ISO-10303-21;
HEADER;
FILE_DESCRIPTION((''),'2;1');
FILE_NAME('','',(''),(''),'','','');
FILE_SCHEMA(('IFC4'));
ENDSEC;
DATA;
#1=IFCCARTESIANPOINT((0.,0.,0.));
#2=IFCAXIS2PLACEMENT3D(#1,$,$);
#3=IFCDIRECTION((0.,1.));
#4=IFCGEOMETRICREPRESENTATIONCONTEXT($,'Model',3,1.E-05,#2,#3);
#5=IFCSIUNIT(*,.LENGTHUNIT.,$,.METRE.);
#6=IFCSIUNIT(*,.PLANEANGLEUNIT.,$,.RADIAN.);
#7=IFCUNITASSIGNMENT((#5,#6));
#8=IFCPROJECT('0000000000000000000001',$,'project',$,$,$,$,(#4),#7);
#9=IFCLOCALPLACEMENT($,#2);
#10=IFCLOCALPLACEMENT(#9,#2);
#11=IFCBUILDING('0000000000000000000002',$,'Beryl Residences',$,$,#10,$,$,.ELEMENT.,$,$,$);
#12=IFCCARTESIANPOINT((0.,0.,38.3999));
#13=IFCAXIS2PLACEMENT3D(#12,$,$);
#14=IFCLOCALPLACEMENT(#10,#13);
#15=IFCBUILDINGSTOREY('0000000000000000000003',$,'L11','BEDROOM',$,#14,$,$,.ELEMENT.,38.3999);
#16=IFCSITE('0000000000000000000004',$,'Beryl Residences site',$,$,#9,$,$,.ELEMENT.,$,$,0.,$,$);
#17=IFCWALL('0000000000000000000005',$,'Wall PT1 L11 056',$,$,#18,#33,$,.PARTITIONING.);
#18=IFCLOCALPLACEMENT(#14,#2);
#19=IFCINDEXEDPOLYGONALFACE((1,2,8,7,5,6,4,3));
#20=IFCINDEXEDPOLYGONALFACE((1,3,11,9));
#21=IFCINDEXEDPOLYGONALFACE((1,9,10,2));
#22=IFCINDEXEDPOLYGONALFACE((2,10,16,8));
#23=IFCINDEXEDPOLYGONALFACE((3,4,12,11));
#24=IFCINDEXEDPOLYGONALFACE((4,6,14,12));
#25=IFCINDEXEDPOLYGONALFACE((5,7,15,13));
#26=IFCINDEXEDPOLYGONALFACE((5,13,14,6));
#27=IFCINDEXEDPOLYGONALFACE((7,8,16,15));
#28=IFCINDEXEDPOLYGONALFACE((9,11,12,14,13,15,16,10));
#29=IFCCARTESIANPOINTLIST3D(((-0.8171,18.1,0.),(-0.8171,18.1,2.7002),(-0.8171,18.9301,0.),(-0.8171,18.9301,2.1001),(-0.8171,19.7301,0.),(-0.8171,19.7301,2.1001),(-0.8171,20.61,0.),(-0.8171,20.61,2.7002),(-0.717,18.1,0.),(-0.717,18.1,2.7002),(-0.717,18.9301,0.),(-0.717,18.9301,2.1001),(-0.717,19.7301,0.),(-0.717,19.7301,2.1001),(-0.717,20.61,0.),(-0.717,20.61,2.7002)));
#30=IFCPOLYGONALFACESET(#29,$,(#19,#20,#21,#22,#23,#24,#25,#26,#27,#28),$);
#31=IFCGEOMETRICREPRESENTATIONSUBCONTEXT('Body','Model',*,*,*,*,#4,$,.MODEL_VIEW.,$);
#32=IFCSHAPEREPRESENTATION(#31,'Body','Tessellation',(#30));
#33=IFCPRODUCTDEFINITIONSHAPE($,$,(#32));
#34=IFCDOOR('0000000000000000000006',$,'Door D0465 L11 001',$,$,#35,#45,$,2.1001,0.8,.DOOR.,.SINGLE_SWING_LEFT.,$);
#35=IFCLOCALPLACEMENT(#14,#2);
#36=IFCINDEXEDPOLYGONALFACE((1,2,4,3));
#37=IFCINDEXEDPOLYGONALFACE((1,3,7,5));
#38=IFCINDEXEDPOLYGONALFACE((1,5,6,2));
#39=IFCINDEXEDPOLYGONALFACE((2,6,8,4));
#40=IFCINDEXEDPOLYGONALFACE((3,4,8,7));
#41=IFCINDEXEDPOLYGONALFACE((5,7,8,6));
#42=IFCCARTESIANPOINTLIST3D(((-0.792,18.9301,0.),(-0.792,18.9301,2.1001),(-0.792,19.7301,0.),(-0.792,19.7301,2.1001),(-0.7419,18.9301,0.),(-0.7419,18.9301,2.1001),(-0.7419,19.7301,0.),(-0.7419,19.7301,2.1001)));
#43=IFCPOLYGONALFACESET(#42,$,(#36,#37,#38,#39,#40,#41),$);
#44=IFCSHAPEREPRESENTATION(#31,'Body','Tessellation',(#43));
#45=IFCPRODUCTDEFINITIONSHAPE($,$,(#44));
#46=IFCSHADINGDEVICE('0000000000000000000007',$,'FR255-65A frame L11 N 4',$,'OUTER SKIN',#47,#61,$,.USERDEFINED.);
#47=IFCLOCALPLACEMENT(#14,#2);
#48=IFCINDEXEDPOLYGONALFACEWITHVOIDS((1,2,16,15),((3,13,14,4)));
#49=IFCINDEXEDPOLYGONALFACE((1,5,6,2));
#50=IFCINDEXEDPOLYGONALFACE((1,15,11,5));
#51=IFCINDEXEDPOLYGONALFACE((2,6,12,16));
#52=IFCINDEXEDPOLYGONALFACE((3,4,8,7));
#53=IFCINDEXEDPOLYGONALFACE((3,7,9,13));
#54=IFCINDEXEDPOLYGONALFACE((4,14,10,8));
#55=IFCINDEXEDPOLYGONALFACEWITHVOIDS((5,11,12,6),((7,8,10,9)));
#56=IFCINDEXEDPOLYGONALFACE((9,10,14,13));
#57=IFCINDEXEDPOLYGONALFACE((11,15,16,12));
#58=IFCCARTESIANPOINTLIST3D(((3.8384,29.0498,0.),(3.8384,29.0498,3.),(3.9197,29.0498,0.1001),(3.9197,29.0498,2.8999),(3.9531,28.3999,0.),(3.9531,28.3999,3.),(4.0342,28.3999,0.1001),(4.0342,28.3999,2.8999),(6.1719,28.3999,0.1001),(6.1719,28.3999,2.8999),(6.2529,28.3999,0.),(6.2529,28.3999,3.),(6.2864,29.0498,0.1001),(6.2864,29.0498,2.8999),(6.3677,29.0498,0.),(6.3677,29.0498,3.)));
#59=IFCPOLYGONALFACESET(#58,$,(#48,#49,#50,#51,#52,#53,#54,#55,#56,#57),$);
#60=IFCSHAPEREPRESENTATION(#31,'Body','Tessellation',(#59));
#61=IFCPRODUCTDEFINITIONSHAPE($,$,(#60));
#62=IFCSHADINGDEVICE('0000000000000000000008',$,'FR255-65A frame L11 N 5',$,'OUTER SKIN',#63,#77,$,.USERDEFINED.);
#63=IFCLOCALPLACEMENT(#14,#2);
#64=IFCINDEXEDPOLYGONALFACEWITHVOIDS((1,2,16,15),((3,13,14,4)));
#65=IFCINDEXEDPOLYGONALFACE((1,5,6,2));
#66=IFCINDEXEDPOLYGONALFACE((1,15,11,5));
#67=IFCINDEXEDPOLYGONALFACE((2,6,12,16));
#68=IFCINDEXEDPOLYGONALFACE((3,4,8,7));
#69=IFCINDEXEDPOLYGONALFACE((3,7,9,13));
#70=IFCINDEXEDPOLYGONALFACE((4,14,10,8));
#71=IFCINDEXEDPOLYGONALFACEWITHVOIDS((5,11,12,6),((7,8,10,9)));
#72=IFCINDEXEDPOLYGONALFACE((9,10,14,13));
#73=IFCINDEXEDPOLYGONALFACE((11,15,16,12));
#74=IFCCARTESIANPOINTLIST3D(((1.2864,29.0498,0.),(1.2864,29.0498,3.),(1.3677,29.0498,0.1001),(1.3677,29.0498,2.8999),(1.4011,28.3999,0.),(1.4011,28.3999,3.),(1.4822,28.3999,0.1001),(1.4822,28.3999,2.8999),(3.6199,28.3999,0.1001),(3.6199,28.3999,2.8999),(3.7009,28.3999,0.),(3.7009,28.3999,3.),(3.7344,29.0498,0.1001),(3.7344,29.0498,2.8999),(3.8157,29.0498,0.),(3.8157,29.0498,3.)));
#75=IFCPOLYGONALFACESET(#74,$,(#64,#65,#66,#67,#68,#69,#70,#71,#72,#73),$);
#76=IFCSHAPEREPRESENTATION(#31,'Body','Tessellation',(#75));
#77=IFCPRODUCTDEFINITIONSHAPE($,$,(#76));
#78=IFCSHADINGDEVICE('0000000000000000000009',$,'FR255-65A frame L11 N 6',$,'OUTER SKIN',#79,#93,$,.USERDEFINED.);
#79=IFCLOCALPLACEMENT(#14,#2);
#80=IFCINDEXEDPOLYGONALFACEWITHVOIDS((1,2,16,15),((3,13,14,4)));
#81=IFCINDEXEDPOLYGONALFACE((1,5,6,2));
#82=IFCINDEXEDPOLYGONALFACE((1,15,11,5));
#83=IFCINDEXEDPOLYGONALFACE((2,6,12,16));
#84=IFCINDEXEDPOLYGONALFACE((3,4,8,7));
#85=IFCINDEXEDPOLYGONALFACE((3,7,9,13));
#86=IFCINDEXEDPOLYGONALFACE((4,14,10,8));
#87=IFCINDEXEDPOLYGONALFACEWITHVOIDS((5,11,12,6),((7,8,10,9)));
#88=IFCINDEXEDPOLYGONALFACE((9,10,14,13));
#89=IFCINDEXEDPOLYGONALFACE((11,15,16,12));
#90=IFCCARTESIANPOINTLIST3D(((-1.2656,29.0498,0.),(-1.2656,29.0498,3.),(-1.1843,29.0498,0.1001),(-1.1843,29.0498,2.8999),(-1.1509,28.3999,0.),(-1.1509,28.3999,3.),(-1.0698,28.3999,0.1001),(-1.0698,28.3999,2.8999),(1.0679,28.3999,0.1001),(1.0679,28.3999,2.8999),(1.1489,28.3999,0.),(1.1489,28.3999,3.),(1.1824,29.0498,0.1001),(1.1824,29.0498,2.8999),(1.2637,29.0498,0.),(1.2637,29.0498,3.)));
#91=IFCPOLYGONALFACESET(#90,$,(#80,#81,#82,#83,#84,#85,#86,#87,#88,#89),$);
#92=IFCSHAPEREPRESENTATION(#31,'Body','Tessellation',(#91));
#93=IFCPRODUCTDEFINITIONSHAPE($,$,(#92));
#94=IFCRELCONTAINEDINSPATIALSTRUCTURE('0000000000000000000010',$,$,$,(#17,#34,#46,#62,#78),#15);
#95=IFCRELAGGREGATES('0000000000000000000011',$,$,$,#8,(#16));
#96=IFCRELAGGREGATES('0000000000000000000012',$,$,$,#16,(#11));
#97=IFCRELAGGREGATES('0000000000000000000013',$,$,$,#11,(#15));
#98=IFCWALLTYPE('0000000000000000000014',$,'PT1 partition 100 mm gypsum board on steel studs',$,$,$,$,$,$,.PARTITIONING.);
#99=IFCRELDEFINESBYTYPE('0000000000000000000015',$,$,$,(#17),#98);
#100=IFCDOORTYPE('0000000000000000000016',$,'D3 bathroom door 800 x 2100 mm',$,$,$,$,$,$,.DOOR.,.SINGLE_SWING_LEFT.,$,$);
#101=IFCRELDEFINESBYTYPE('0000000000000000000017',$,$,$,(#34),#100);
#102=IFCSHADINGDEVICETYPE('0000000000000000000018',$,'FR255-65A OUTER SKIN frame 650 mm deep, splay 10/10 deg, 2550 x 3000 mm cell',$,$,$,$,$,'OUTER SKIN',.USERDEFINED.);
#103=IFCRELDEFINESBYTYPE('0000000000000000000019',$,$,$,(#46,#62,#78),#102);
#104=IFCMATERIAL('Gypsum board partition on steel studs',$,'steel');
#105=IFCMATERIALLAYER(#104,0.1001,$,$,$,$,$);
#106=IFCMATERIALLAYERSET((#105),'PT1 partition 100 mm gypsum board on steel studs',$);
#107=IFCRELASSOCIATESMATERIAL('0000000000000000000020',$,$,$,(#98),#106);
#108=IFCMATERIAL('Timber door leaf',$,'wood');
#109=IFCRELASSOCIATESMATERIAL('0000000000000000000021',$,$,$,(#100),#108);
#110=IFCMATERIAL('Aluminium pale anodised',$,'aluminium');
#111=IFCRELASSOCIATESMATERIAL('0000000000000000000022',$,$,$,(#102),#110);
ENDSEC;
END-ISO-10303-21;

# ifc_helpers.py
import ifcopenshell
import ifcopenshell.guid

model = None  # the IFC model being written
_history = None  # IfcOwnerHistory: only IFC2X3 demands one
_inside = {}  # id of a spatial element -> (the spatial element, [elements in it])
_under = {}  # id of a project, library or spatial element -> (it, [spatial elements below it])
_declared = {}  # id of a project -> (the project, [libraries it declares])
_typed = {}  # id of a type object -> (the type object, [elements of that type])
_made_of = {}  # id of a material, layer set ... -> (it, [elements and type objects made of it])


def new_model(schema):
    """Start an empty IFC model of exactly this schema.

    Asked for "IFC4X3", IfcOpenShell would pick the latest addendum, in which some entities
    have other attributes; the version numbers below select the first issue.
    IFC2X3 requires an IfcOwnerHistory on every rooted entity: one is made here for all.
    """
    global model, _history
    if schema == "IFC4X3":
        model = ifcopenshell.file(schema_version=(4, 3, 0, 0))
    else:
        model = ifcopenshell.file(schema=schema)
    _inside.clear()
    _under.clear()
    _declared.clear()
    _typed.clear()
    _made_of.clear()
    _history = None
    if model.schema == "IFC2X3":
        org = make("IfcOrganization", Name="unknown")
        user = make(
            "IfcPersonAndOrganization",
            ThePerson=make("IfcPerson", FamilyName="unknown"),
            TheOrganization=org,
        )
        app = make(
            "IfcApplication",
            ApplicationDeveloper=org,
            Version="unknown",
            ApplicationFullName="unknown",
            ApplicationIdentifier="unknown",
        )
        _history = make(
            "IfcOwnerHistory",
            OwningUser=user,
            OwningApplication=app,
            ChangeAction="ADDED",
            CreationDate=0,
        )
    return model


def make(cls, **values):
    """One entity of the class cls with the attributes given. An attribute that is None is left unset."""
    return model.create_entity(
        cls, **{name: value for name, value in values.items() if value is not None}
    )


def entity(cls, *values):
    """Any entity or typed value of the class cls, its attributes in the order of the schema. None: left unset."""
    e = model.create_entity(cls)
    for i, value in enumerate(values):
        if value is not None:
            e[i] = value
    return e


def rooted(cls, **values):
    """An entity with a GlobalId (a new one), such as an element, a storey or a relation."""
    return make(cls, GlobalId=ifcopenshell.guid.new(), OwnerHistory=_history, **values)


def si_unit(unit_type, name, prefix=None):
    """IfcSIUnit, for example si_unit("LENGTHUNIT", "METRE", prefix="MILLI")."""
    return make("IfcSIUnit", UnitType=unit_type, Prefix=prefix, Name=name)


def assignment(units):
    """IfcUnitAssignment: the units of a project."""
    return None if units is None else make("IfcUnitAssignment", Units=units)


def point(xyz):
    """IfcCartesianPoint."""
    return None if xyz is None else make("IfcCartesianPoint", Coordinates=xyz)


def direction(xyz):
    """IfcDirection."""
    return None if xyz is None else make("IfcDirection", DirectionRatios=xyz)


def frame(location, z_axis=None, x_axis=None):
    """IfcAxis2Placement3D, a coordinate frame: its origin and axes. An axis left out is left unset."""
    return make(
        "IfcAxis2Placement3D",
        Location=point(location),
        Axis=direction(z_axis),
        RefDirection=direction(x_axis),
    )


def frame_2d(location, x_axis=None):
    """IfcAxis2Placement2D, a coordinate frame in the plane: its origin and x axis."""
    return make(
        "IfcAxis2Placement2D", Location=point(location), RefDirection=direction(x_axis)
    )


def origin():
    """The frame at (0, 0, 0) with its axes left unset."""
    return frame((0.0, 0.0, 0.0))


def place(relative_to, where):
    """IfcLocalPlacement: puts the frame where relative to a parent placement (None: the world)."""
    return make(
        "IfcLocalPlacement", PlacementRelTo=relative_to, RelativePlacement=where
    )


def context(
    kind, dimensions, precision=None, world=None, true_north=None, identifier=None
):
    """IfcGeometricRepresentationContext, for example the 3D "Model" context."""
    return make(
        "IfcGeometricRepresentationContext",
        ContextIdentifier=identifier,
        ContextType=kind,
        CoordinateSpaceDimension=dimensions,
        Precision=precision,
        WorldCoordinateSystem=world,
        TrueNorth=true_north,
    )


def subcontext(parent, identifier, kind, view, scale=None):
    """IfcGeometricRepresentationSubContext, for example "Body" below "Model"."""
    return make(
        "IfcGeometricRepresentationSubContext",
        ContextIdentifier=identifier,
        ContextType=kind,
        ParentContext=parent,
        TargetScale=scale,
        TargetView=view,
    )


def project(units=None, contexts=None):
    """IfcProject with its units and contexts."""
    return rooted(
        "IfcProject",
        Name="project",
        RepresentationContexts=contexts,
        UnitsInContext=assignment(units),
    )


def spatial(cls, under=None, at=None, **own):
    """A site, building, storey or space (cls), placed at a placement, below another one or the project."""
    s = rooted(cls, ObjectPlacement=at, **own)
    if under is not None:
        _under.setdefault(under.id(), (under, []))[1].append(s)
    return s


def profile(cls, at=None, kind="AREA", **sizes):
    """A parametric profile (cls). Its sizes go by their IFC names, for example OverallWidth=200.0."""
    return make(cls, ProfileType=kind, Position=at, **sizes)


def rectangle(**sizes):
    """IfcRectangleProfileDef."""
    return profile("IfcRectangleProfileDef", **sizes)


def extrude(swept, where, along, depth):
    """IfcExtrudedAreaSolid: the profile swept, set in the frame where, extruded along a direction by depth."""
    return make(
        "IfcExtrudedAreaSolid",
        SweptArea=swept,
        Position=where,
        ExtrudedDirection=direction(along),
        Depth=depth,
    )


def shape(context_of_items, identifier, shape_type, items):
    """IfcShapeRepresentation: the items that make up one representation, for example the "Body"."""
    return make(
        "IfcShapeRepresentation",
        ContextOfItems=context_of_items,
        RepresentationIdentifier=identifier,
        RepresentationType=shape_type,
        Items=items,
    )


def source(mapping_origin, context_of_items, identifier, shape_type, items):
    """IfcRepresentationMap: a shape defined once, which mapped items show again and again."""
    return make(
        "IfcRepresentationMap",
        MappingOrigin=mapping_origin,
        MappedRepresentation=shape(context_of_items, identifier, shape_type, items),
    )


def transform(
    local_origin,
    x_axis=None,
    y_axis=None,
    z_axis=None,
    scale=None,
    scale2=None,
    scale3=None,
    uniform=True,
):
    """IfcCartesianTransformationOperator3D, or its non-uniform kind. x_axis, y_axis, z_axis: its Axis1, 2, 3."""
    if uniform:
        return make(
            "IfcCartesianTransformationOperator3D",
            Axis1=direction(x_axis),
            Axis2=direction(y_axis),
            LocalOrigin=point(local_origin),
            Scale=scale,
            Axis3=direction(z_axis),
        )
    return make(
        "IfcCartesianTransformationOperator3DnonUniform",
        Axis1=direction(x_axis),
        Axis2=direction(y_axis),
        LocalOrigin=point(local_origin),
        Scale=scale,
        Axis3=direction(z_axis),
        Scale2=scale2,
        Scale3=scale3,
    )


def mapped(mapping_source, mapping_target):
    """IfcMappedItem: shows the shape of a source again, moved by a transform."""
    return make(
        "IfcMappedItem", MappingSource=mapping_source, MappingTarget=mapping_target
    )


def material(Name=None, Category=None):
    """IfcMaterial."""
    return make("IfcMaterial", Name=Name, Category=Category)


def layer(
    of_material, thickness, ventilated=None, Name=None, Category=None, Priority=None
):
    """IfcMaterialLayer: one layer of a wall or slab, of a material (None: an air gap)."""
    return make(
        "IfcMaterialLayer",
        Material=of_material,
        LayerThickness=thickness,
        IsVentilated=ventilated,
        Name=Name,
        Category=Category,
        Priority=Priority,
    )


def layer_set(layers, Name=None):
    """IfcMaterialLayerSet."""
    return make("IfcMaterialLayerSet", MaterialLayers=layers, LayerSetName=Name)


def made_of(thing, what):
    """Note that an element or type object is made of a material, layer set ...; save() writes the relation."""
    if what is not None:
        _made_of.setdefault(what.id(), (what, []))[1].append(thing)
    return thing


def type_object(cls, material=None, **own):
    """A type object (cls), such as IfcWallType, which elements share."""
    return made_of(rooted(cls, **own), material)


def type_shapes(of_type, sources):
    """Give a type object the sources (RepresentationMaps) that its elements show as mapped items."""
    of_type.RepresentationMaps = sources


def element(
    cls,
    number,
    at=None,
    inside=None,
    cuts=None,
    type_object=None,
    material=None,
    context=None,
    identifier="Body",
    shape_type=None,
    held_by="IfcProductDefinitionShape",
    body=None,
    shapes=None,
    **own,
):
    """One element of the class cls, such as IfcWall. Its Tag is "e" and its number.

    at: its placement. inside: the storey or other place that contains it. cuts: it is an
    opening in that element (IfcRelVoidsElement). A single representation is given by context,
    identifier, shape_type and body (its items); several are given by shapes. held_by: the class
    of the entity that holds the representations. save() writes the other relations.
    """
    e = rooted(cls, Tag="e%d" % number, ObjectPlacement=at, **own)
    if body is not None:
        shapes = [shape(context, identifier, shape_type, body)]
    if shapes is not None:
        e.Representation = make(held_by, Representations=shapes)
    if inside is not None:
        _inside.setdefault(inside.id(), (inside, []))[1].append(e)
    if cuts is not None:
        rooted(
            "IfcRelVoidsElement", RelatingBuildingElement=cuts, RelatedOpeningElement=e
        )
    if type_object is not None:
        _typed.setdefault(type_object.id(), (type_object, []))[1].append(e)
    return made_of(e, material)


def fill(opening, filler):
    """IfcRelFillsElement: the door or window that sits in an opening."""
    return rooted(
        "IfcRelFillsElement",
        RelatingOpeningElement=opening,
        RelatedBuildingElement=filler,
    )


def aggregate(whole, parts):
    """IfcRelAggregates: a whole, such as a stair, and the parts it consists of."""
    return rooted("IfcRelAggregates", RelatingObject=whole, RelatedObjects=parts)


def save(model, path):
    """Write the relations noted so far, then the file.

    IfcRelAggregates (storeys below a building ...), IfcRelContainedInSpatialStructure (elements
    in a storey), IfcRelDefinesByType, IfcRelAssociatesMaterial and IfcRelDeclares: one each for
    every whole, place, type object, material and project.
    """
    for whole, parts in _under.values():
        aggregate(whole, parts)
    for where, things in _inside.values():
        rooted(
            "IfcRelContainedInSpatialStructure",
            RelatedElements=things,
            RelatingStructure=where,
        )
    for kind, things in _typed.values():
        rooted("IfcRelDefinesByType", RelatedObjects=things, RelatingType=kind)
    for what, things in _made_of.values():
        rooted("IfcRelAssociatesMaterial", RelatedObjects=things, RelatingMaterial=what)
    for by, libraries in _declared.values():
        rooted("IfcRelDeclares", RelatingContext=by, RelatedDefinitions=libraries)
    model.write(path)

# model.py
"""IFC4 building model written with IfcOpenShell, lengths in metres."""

from ifc_helpers import new_model, entity, si_unit, direction, frame, frame_2d, origin, place, context, subcontext, project, spatial, rectangle, extrude, source, transform, mapped, material, layer, layer_set, type_object, type_shapes, element, fill, save


model = new_model("IFC4")

# Units and contexts
model_context = context("Model", 3, precision=1e-05, world=origin(), true_north=direction((0.0, 1.0)))
body_context = subcontext(model_context, "Body", "Model", "MODEL_VIEW")
ifc_project = project(units=[si_unit("LENGTHUNIT", "METRE"), si_unit("PLANEANGLEUNIT", "RADIAN")], contexts=[model_context])

# Site, building, storey
site_placement = place(None, origin())
site = spatial("IfcSite", under=ifc_project, at=site_placement, Name="Beryl Residences site", CompositionType="ELEMENT", RefElevation=0.0)
building_placement = place(site_placement, origin())
building = spatial("IfcBuilding", under=site, at=building_placement, Name="Beryl Residences", CompositionType="ELEMENT")
storey_placement = place(building_placement, frame((0.0, 0.0, 38.3999)))
storey = spatial("IfcBuildingStorey", under=building, at=storey_placement, Name="L11", Description="BEDROOM", CompositionType="ELEMENT", Elevation=38.3999)

# Shared definitions
ifc_material_1 = material(Name="Gypsum board partition on steel studs", Category="steel")
ifc_layer = layer(ifc_material_1, 0.1001)
ifc_layer_set = layer_set([ifc_layer], Name="PT1 partition 100 mm gypsum board on steel studs")
wall_type = type_object("IfcWallType", Name="PT1 partition 100 mm gypsum board on steel studs", PredefinedType="PARTITIONING", material=ifc_layer_set)
ifc_material_2 = material(Name="Timber door leaf", Category="wood")
door_type_1 = type_object("IfcDoorType", Name="D3 bathroom door 800 x 2100 mm", OperationType="SINGLE_SWING_LEFT", PredefinedType="DOOR", material=ifc_material_2)

# Wall, opening, door
wall_1_placement = place(storey_placement, frame((-0.7671, 18.1001, 0.0), z_axis=(0.0, 0.0, 1.0), x_axis=(0.0, 1.0, 0.0)))
wall_1 = element("IfcWall", 1, at=wall_1_placement, inside=storey, type_object=wall_type, Name="Wall PT1 L11 056", PredefinedType="PARTITIONING", context=body_context, shape_type="SweptSolid", body=[
    extrude(rectangle(XDim=2.51, YDim=0.1001, at=frame_2d((1.2549, 0.0))), origin(), (0.0, 0.0, 1.0), 2.7002),
])
opening_1_placement = place(wall_1_placement, frame((0.8301, 0.0, 0.0)))
opening_1 = element("IfcOpeningElement", 2, at=opening_1_placement, cuts=wall_1, PredefinedType="OPENING", context=body_context, shape_type="SweptSolid", body=[
    extrude(rectangle(XDim=0.8, YDim=2.1001, at=frame_2d((0.3999, 1.05))), frame((0.0, 0.0601, 0.0), z_axis=(0.0, -1.0, 0.0), x_axis=(1.0, 0.0, 0.0)), (0.0, 0.0, 1.0), 0.1201),
])
door_1_placement = place(opening_1_placement, origin())
door_1 = element("IfcDoor", 3, at=door_1_placement, inside=storey, type_object=door_type_1, Name="Door D0465 L11 001", OperationType="SINGLE_SWING_LEFT", OverallHeight=2.1001, OverallWidth=0.8, PredefinedType="DOOR", context=body_context, shape_type="SweptSolid", body=[
    extrude(rectangle(XDim=0.8, YDim=2.1001, at=frame_2d((0.3999, 1.05))), frame((0.0, 0.0249, 0.0), z_axis=(0.0, -1.0, 0.0), x_axis=(1.0, 0.0, 0.0)), (0.0, 0.0, 1.0), 0.05),
])
fill(opening_1, door_1)

# Shading devices
ifc_material_3 = material(Name="Aluminium pale anodised", Category="aluminium")
shading_device_type = type_object("IfcShadingDeviceType", Name="FR255-65A OUTER SKIN frame 650 mm deep, splay 10/10 deg, 2550 x 3000 mm cell", ElementType="OUTER SKIN", PredefinedType="USERDEFINED", material=ifc_material_3)
cartesian_point_1 = entity("IfcCartesianPoint", [-1.1499, 0.0])
cartesian_point_2 = entity("IfcCartesianPoint", [-1.0688, 0.1001])
cartesian_point_3 = entity("IfcCartesianPoint", [-1.2646, 0.0])
cartesian_point_4 = entity("IfcCartesianPoint", [-1.1833, 0.1001])
shared_shape = source(origin(), body_context, "Body", "SweptSolid", [
    entity("IfcExtrudedAreaSolidTapered", entity("IfcArbitraryProfileDefWithVoids", "AREA", None, entity("IfcPolyline", [cartesian_point_1, entity("IfcCartesianPoint", [1.1499, 0.0]), entity("IfcCartesianPoint", [1.1499, 3.0]), entity("IfcCartesianPoint", [-1.1499, 3.0]), cartesian_point_1]), [entity("IfcPolyline", [cartesian_point_2, entity("IfcCartesianPoint", [1.0688, 0.1001]), entity("IfcCartesianPoint", [1.0688, 2.8999]), entity("IfcCartesianPoint", [-1.0688, 2.8999]), cartesian_point_2])]), entity("IfcAxis2Placement3D", entity("IfcCartesianPoint", [0.0, 0.0, 0.0]), entity("IfcDirection", [0.0, 1.0, 0.0]), entity("IfcDirection", [-1.0, 0.0, 0.0])), entity("IfcDirection", [0.0, 0.0, 1.0]), 0.6499, entity("IfcArbitraryProfileDefWithVoids", "AREA", None, entity("IfcPolyline", [cartesian_point_3, entity("IfcCartesianPoint", [1.2646, 0.0]), entity("IfcCartesianPoint", [1.2646, 3.0]), entity("IfcCartesianPoint", [-1.2646, 3.0]), cartesian_point_3]), [entity("IfcPolyline", [cartesian_point_4, entity("IfcCartesianPoint", [1.1833, 0.1001]), entity("IfcCartesianPoint", [1.1833, 2.8999]), entity("IfcCartesianPoint", [-1.1833, 2.8999]), cartesian_point_4])])),
])
type_shapes(shading_device_type, [shared_shape])
for number, where, z_axis, x_axis, name in (
    (4, (5.103, 28.3999, 0.0), (0.0, 0.0, 1.0), (1.0, 0.0, 0.0), "FR255-65A frame L11 N 4"),
    (5, (2.551, 28.3999, 0.0), (0.0, 0.0, 1.0), (1.0, 0.0, 0.0), "FR255-65A frame L11 N 5"),
    (6, (-0.001, 28.3999, 0.0), (0.0, 0.0, 1.0), (1.0, 0.0, 0.0), "FR255-65A frame L11 N 6"),
):
    element("IfcShadingDevice", number, at=place(storey_placement, frame(where, z_axis=z_axis, x_axis=x_axis)), inside=storey, type_object=shading_device_type, Name=name, ObjectType="OUTER SKIN", PredefinedType="USERDEFINED", context=body_context, shape_type="MappedRepresentation", body=[
        mapped(shared_shape, transform((0.0, 0.0, 0.0))),
    ])

save(model, "model.ifc")
